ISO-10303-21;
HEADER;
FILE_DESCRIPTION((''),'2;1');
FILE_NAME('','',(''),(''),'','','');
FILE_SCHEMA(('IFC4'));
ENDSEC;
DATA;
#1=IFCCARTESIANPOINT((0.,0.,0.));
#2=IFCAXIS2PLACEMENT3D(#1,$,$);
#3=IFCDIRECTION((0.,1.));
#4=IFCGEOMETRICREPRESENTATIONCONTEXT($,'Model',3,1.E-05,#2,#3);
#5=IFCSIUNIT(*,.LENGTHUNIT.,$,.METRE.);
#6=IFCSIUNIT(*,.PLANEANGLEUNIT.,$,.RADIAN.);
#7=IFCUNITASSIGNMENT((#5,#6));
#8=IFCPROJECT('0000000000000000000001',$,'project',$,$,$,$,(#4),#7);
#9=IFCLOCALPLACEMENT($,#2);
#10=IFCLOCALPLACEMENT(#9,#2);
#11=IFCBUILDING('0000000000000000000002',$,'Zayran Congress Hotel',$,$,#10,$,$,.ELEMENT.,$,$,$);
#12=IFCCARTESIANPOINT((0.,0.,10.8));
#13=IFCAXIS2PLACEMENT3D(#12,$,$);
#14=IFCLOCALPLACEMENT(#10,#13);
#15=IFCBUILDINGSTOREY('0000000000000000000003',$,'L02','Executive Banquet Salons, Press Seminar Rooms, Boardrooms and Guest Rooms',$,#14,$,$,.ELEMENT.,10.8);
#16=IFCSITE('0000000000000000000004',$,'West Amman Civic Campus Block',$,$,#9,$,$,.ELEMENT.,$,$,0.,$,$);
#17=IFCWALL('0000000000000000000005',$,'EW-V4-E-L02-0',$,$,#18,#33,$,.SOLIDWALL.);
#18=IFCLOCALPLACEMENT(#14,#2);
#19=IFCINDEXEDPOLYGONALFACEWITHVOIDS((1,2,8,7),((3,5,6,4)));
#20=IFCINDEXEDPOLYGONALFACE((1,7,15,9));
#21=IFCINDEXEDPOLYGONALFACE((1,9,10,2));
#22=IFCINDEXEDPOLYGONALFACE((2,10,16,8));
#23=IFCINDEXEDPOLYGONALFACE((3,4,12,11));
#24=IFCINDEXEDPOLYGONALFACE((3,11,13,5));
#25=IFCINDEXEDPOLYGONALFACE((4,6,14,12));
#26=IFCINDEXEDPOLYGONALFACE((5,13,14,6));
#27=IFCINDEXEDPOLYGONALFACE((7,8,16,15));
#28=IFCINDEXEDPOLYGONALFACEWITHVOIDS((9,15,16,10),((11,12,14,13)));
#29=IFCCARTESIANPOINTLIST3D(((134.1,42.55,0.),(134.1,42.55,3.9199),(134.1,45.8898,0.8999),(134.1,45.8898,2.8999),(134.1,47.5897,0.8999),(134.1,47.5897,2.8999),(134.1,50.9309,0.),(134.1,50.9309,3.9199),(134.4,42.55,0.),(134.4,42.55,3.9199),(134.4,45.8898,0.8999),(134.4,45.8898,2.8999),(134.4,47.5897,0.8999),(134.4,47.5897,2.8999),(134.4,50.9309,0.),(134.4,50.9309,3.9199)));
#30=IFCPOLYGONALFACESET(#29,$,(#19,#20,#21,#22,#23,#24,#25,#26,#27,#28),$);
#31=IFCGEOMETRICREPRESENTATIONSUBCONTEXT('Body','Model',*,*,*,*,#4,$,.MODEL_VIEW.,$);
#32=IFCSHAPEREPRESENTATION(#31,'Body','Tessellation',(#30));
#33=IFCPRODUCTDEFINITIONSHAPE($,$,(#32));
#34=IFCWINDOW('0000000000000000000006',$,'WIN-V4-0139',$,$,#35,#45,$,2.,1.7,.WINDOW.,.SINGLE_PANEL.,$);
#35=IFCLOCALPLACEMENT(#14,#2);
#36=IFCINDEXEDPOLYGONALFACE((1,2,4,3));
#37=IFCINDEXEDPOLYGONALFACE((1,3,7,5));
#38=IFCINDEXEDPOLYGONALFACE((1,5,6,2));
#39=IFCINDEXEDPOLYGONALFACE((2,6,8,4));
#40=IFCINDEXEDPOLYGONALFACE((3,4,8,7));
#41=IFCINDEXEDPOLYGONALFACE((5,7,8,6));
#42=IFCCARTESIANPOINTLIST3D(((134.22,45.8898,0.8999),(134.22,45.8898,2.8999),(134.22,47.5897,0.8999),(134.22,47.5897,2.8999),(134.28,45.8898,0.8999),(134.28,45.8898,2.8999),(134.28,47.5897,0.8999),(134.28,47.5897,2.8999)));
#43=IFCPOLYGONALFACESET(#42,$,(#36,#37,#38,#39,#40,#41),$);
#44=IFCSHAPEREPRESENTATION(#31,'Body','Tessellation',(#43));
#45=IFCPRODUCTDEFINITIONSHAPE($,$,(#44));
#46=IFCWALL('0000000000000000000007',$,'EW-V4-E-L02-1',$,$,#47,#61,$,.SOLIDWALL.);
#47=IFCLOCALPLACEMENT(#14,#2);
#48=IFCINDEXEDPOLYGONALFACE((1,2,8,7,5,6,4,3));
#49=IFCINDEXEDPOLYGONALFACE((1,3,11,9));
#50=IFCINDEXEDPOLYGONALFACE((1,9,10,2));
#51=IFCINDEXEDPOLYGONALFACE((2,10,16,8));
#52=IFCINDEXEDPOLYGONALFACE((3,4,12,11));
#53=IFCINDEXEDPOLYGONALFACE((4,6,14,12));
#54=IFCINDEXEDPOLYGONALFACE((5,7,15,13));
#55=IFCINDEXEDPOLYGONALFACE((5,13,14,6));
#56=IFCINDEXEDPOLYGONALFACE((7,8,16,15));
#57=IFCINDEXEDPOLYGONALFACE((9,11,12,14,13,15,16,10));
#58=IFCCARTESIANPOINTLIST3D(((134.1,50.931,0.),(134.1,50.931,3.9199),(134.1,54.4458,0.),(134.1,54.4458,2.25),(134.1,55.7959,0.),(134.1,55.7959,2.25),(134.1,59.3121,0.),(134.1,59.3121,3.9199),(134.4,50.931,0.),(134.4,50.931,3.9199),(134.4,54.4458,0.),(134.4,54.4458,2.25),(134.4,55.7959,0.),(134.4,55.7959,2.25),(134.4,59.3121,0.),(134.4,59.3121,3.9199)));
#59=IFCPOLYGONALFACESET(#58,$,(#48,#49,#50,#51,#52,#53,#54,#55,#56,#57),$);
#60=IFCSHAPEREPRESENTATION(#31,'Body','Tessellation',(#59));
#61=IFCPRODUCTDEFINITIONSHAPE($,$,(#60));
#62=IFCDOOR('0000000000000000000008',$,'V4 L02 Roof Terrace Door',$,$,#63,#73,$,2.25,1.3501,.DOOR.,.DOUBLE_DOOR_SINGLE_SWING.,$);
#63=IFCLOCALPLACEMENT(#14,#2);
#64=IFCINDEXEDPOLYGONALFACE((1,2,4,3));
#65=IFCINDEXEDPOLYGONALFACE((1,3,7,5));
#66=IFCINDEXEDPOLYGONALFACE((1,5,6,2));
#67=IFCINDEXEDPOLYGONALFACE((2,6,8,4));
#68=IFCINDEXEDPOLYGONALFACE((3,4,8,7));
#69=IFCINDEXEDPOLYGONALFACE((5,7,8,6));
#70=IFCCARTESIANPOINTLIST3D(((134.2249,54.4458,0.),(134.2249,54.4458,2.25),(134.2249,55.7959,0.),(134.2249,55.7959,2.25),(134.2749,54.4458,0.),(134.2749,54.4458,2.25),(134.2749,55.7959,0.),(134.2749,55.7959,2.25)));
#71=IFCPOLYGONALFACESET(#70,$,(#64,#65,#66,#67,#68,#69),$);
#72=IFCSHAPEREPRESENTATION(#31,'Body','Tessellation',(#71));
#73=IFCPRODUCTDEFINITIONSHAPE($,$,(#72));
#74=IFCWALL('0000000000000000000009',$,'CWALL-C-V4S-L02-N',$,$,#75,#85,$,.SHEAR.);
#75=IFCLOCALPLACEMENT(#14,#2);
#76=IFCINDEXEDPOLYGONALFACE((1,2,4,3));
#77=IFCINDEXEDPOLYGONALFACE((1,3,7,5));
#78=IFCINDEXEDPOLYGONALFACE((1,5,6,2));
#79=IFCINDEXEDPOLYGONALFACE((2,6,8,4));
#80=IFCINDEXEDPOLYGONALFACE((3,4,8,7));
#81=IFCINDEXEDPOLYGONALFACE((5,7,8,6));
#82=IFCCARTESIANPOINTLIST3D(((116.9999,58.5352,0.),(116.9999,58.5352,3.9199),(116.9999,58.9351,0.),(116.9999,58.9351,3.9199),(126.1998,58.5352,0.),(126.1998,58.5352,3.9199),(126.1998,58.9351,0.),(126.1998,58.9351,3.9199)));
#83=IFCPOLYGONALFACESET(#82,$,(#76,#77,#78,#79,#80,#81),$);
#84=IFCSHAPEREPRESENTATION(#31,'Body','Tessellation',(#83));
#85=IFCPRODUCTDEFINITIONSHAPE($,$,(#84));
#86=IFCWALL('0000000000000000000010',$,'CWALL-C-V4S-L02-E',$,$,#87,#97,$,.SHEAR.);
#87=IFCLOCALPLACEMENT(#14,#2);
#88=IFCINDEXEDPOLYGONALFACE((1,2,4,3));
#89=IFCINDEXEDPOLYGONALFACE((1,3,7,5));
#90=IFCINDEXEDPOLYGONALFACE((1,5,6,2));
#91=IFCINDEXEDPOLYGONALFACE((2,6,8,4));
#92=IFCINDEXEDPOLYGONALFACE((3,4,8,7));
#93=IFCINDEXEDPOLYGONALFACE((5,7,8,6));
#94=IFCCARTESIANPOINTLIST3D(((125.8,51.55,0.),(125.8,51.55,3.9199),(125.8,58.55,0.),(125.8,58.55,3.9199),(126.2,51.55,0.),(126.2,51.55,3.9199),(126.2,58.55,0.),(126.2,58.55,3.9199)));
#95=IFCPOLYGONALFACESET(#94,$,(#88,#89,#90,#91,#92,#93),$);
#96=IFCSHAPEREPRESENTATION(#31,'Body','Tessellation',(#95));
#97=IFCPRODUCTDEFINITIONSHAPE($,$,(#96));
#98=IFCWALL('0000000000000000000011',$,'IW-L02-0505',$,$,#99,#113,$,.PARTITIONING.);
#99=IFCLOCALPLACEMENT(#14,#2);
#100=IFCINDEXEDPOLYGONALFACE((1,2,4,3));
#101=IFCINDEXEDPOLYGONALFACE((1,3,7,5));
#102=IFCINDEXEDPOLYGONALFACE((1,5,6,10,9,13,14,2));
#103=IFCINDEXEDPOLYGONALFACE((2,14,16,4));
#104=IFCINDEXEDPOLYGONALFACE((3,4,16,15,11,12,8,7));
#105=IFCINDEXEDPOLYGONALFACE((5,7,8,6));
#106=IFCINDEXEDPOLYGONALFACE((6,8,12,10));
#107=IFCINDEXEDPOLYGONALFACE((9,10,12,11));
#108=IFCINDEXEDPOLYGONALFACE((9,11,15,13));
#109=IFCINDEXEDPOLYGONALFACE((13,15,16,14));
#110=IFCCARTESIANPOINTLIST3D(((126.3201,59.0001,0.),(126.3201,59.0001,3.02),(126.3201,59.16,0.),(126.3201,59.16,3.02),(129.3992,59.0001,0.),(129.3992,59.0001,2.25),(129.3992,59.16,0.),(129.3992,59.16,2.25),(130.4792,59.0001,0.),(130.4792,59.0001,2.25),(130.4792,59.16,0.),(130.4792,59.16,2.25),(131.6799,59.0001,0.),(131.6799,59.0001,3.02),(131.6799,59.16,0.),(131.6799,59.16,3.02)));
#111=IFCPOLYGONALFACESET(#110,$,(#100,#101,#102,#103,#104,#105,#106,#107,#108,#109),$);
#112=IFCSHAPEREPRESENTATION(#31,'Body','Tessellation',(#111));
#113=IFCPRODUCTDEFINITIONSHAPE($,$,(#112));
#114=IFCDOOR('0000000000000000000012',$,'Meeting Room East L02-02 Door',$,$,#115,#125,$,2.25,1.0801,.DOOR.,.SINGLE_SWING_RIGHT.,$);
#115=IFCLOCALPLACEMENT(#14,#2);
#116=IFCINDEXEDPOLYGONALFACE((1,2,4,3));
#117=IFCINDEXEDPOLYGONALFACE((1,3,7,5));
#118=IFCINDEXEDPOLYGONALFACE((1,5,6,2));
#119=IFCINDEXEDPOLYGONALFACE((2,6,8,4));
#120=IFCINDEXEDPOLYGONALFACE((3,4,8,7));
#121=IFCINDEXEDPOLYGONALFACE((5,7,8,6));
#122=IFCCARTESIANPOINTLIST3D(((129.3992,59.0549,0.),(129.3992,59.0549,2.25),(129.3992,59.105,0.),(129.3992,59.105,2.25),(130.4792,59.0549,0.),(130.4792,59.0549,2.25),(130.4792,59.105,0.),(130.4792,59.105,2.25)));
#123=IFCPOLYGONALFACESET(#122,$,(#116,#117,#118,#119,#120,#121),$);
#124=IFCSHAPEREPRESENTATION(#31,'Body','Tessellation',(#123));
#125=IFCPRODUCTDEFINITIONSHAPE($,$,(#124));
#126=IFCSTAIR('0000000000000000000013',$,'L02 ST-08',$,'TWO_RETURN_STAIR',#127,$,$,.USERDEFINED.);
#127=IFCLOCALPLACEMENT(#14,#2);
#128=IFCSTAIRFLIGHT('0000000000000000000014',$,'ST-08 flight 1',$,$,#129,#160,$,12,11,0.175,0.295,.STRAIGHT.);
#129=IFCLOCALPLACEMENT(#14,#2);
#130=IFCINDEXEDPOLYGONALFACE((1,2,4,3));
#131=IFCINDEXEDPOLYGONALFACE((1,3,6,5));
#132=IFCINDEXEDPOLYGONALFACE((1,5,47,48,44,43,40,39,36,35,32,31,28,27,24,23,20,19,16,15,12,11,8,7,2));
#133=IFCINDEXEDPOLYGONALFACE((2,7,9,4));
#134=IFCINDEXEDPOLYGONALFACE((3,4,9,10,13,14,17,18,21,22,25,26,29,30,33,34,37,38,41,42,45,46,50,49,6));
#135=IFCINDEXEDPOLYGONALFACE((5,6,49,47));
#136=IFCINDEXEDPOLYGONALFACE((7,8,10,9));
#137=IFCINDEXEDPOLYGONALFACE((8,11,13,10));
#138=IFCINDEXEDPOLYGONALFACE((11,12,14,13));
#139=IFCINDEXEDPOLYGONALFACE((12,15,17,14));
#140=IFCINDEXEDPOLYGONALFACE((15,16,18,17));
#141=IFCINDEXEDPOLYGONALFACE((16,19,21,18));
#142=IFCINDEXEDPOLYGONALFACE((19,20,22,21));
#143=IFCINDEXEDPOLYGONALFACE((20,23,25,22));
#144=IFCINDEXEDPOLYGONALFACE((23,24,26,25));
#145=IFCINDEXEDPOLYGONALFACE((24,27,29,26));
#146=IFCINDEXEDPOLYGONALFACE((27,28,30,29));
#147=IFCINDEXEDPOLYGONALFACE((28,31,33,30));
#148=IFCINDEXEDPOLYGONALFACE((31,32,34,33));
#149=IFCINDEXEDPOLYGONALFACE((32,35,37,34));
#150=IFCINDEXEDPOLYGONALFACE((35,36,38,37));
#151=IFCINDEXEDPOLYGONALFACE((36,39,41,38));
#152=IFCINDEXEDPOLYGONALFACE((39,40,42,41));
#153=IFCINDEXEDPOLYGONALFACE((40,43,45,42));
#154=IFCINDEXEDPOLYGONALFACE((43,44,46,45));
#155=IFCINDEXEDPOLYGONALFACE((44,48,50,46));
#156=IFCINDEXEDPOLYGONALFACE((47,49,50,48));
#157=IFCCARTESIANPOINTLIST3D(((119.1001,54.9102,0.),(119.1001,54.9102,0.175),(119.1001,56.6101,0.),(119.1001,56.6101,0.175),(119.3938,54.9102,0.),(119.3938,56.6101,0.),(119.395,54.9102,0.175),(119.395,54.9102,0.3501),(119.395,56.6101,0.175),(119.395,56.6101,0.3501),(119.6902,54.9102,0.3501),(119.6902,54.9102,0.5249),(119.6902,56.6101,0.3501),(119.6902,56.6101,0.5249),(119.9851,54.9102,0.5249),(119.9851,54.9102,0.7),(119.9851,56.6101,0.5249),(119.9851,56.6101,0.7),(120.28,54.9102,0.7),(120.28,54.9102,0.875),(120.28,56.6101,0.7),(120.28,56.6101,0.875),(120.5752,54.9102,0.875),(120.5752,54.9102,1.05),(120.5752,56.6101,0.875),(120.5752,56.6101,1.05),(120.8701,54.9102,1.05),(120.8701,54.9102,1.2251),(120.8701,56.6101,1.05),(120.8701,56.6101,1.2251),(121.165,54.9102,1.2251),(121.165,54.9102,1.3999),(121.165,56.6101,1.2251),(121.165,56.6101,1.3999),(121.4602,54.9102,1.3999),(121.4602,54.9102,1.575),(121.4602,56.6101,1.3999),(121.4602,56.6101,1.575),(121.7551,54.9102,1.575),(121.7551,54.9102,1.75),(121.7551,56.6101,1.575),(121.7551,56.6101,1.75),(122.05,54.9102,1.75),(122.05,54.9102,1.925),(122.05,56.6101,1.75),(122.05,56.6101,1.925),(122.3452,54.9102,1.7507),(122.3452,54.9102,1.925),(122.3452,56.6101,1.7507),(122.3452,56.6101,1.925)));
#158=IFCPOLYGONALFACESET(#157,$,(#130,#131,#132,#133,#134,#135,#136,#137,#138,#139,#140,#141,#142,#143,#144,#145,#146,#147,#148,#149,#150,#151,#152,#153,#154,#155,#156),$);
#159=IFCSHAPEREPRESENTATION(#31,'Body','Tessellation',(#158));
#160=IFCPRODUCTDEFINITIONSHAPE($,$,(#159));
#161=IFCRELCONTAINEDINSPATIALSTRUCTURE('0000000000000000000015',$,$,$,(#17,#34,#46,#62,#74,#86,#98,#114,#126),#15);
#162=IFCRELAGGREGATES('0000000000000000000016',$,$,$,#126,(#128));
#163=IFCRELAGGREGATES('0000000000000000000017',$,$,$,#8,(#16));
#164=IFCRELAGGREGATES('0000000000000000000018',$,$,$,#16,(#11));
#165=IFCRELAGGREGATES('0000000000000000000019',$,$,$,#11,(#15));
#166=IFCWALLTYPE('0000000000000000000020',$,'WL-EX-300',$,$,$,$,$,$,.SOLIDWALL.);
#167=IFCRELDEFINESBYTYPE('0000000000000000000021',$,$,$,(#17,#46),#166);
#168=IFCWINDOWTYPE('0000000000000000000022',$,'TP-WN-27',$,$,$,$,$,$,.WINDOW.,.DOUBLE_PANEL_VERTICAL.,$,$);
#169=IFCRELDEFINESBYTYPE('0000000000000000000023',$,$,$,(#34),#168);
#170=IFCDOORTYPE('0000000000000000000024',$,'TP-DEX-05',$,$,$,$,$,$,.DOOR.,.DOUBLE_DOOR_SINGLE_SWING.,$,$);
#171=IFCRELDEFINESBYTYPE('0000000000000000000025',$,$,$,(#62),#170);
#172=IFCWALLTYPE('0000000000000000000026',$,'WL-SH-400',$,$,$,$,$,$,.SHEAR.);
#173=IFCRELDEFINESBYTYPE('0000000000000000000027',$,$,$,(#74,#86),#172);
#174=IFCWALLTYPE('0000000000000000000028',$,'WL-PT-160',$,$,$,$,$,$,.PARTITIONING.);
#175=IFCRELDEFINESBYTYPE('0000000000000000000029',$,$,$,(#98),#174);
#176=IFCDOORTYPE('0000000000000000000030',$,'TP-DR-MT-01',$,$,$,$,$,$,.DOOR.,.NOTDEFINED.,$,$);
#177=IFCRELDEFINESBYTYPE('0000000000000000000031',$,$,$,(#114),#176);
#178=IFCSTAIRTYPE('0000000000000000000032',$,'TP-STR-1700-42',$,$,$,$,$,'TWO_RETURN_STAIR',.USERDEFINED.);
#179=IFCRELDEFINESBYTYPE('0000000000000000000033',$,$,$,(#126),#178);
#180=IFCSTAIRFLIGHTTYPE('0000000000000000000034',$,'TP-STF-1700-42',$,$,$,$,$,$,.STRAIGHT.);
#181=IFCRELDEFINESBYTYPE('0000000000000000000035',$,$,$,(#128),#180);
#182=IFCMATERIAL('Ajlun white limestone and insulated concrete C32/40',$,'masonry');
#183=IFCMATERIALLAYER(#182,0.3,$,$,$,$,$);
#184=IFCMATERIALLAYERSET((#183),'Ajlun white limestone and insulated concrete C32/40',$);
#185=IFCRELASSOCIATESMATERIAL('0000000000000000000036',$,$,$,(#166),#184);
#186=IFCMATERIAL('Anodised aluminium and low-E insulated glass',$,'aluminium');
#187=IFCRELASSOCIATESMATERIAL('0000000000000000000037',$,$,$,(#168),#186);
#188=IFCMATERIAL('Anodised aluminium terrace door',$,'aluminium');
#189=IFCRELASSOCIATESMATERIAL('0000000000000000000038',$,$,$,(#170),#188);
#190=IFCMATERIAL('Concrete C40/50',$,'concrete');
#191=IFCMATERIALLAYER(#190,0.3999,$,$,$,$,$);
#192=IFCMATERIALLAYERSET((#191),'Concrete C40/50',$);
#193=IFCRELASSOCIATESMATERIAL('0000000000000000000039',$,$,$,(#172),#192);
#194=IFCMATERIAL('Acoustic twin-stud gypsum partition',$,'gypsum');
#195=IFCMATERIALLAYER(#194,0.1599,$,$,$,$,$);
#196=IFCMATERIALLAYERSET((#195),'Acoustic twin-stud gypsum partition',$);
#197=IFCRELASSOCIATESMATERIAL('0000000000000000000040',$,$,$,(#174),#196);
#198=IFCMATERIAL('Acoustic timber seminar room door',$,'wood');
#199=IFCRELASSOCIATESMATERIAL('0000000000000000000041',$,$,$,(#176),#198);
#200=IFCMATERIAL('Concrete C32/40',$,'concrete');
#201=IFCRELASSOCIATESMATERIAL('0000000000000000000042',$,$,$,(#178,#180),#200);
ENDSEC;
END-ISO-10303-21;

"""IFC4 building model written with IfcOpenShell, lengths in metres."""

from ifc_helpers import new_model, si_unit, direction, frame, frame_2d, origin, place, context, subcontext, project, spatial, polyline, rectangle, outline, extrude, material, layer, layer_set, type_object, element, fill, aggregate, save


model = new_model("IFC4")

# Units and contexts
model_context = context("Model", 3, precision=1e-05, world=origin(), true_north=direction((0.0, 1.0)))
body_context = subcontext(model_context, "Body", "Model", "MODEL_VIEW")
ifc_project = project(units=[si_unit("LENGTHUNIT", "METRE"), si_unit("PLANEANGLEUNIT", "RADIAN")], contexts=[model_context])

# Site, building, storey
site_placement = place(None, origin())
site = spatial("IfcSite", under=ifc_project, at=site_placement, Name="West Amman Civic Campus Block", CompositionType="ELEMENT", RefElevation=0.0)
building_placement = place(site_placement, origin())
building = spatial("IfcBuilding", under=site, at=building_placement, Name="Zayran Congress Hotel", CompositionType="ELEMENT")
storey_placement = place(building_placement, frame((0.0, 0.0, 10.8)))
storey = spatial("IfcBuildingStorey", under=building, at=storey_placement, Name="L02", Description="Executive Banquet Salons, Press Seminar Rooms, Boardrooms and Guest Rooms", CompositionType="ELEMENT", Elevation=10.8)

# Shared definitions
ifc_material_1 = material(Name="Concrete C40/50", Category="concrete")

# Wall, opening, window
ifc_material_2 = material(Name="Ajlun white limestone and insulated concrete C32/40", Category="masonry")
ifc_layer_1 = layer(ifc_material_2, 0.3)
ifc_layer_set_1 = layer_set([ifc_layer_1], Name="Ajlun white limestone and insulated concrete C32/40")
wall_type_1 = type_object("IfcWallType", Name="WL-EX-300", PredefinedType="SOLIDWALL", material=ifc_layer_set_1)
wall_1_placement = place(storey_placement, frame((134.25, 50.9309, 0.0), z_axis=(0.0, 0.0, 1.0), x_axis=(0.0, -1.0, 0.0)))
wall_1 = element("IfcWall", 1, at=wall_1_placement, inside=storey, type_object=wall_type_1, Name="EW-V4-E-L02-0", PredefinedType="SOLIDWALL", context=body_context, shape_type="SweptSolid", body=[
    extrude(rectangle(XDim=8.3809, YDim=0.3, at=frame_2d((4.1904, 0.0))), origin(), (0.0, 0.0, 1.0), 3.9199),
])
opening_1_placement = place(wall_1_placement, frame((3.3411, 0.0, 0.8999)))
opening_1 = element("IfcOpeningElement", 2, at=opening_1_placement, cuts=wall_1, PredefinedType="OPENING", context=body_context, shape_type="SweptSolid", body=[
    extrude(rectangle(XDim=1.7, YDim=2.0, at=frame_2d((0.8501, 1.0))), frame((0.0, 0.1599, 0.0), z_axis=(0.0, -1.0, 0.0), x_axis=(1.0, 0.0, 0.0)), (0.0, 0.0, 1.0), 0.3201),
])
ifc_material_3 = material(Name="Anodised aluminium and low-E insulated glass", Category="aluminium")
window_type = type_object("IfcWindowType", Name="TP-WN-27", PartitioningType="DOUBLE_PANEL_VERTICAL", PredefinedType="WINDOW", material=ifc_material_3)
window_placement = place(opening_1_placement, origin())
window = element("IfcWindow", 3, at=window_placement, inside=storey, type_object=window_type, Name="WIN-V4-0139", OverallHeight=2.0, OverallWidth=1.7, PartitioningType="SINGLE_PANEL", PredefinedType="WINDOW", context=body_context, shape_type="SweptSolid", body=[
    extrude(rectangle(XDim=1.7, YDim=2.0, at=frame_2d((0.8501, 1.0))), frame((0.0, 0.03, 0.0), z_axis=(0.0, -1.0, 0.0), x_axis=(1.0, 0.0, 0.0)), (0.0, 0.0, 1.0), 0.0601),
])
fill(opening_1, window)

# Wall, opening, door
wall_2_placement = place(storey_placement, frame((134.25, 59.312, 0.0), z_axis=(0.0, 0.0, 1.0), x_axis=(0.0, -1.0, 0.0)))
wall_2 = element("IfcWall", 4, at=wall_2_placement, inside=storey, type_object=wall_type_1, Name="EW-V4-E-L02-1", PredefinedType="SOLIDWALL", context=body_context, shape_type="SweptSolid", body=[
    extrude(rectangle(XDim=8.3811, YDim=0.3, at=frame_2d((4.1904, 0.0))), origin(), (0.0, 0.0, 1.0), 3.9199),
])
opening_2_placement = place(wall_2_placement, frame((3.5161, 0.0, 0.0)))
opening_2 = element("IfcOpeningElement", 5, at=opening_2_placement, cuts=wall_2, PredefinedType="OPENING", context=body_context, shape_type="SweptSolid", body=[
    extrude(rectangle(XDim=1.3501, YDim=2.25, at=frame_2d((0.675, 1.125))), frame((0.0, 0.1599, 0.0), z_axis=(0.0, -1.0, 0.0), x_axis=(1.0, 0.0, 0.0)), (0.0, 0.0, 1.0), 0.3201),
])
ifc_material_4 = material(Name="Anodised aluminium terrace door", Category="aluminium")
door_type_1 = type_object("IfcDoorType", Name="TP-DEX-05", OperationType="DOUBLE_DOOR_SINGLE_SWING", PredefinedType="DOOR", material=ifc_material_4)
door_1_placement = place(opening_2_placement, origin())
door_1 = element("IfcDoor", 6, at=door_1_placement, inside=storey, type_object=door_type_1, Name="V4 L02 Roof Terrace Door", OperationType="DOUBLE_DOOR_SINGLE_SWING", OverallHeight=2.25, OverallWidth=1.3501, PredefinedType="DOOR", context=body_context, shape_type="SweptSolid", body=[
    extrude(rectangle(XDim=1.3501, YDim=2.25, at=frame_2d((0.675, 1.125))), frame((0.0, 0.0249, 0.0), z_axis=(0.0, -1.0, 0.0), x_axis=(1.0, 0.0, 0.0)), (0.0, 0.0, 1.0), 0.05),
])
fill(opening_2, door_1)

# Walls
ifc_layer_2 = layer(ifc_material_1, 0.3999)
ifc_layer_set_2 = layer_set([ifc_layer_2], Name="Concrete C40/50")
wall_type_2 = type_object("IfcWallType", Name="WL-SH-400", PredefinedType="SHEAR", material=ifc_layer_set_2)
wall_3_placement = place(storey_placement, frame((126.2, 58.7351, 0.0), z_axis=(0.0, 0.0, 1.0), x_axis=(-1.0, 0.0, 0.0)))
element("IfcWall", 7, at=wall_3_placement, inside=storey, type_object=wall_type_2, Name="CWALL-C-V4S-L02-N", PredefinedType="SHEAR", context=body_context, shape_type="SweptSolid", body=[
    extrude(rectangle(XDim=9.2, YDim=0.3999, at=frame_2d((4.6001, 0.0))), origin(), (0.0, 0.0, 1.0), 3.9199),
])
wall_4_placement = place(storey_placement, frame((126.0, 51.55, 0.0), z_axis=(0.0, 0.0, 1.0), x_axis=(0.0, 1.0, 0.0)))
element("IfcWall", 8, at=wall_4_placement, inside=storey, type_object=wall_type_2, Name="CWALL-C-V4S-L02-E", PredefinedType="SHEAR", context=body_context, shape_type="SweptSolid", body=[
    extrude(rectangle(XDim=7.0, YDim=0.3999, at=frame_2d((3.5, 0.0))), origin(), (0.0, 0.0, 1.0), 3.9199),
])

# Wall, opening, door
ifc_material_5 = material(Name="Acoustic twin-stud gypsum partition", Category="gypsum")
ifc_layer_3 = layer(ifc_material_5, 0.1599)
ifc_layer_set_3 = layer_set([ifc_layer_3], Name="Acoustic twin-stud gypsum partition")
wall_type_3 = type_object("IfcWallType", Name="WL-PT-160", PredefinedType="PARTITIONING", material=ifc_layer_set_3)
wall_5_placement = place(storey_placement, frame((126.3201, 59.0801, 0.0), z_axis=(0.0, 0.0, 1.0), x_axis=(1.0, 0.0, 0.0)))
wall_5 = element("IfcWall", 9, at=wall_5_placement, inside=storey, type_object=wall_type_3, Name="IW-L02-0505", PredefinedType="PARTITIONING", context=body_context, shape_type="SweptSolid", body=[
    extrude(rectangle(XDim=5.3599, YDim=0.1599, at=frame_2d((2.6799, 0.0))), origin(), (0.0, 0.0, 1.0), 3.02),
])
opening_3_placement = place(wall_5_placement, frame((3.0791, 0.0, 0.0)))
opening_3 = element("IfcOpeningElement", 10, at=opening_3_placement, cuts=wall_5, PredefinedType="OPENING", context=body_context, shape_type="SweptSolid", body=[
    extrude(rectangle(XDim=1.0801, YDim=2.25, at=frame_2d((0.54, 1.125))), frame((0.0, 0.0898, 0.0), z_axis=(0.0, -1.0, 0.0), x_axis=(1.0, 0.0, 0.0)), (0.0, 0.0, 1.0), 0.1799),
])
ifc_material_6 = material(Name="Acoustic timber seminar room door", Category="wood")
door_type_2 = type_object("IfcDoorType", Name="TP-DR-MT-01", OperationType="NOTDEFINED", PredefinedType="DOOR", material=ifc_material_6)
door_2_placement = place(opening_3_placement, origin())
door_2 = element("IfcDoor", 11, at=door_2_placement, inside=storey, type_object=door_type_2, Name="Meeting Room East L02-02 Door", OperationType="SINGLE_SWING_RIGHT", OverallHeight=2.25, OverallWidth=1.0801, PredefinedType="DOOR", context=body_context, shape_type="SweptSolid", body=[
    extrude(rectangle(XDim=1.0801, YDim=2.25, at=frame_2d((0.54, 1.125))), frame((0.0, 0.0249, 0.0), z_axis=(0.0, -1.0, 0.0), x_axis=(1.0, 0.0, 0.0)), (0.0, 0.0, 1.0), 0.05),
])
fill(opening_3, door_2)

# Stair, stair flight
ifc_material_7 = material(Name="Concrete C32/40", Category="concrete")
stair_type = type_object("IfcStairType", Name="TP-STR-1700-42", ElementType="TWO_RETURN_STAIR", PredefinedType="USERDEFINED", material=ifc_material_7)
stair_placement = place(storey_placement, origin())
stair = element("IfcStair", 12, at=stair_placement, inside=storey, type_object=stair_type, Name="L02 ST-08", ObjectType="TWO_RETURN_STAIR", PredefinedType="USERDEFINED")
stair_flight_type = type_object("IfcStairFlightType", Name="TP-STF-1700-42", PredefinedType="STRAIGHT", material=ifc_material_7)
stair_flight_1_placement = place(storey_placement, frame((119.1001, 55.76, 0.0), z_axis=(0.0, 0.0, 1.0), x_axis=(1.0, 0.0, 0.0)))
stair_flight_1 = element("IfcStairFlight", 13, at=stair_flight_1_placement, type_object=stair_flight_type, Name="ST-08 flight 1", NumberOfRisers=12, NumberOfTreads=11, PredefinedType="STRAIGHT", RiserHeight=0.175, TreadLength=0.295, context=body_context, shape_type="SweptSolid", body=[
    extrude(outline(polyline([(0.0, 0.0), (0.0, 0.175), (0.2949, 0.175), (0.2949, 0.3501), (0.5901, 0.3501), (0.5901, 0.5249), (0.885, 0.5249), (0.885, 0.7), (1.1799, 0.7), (1.1799, 0.875), (1.4751, 0.875), (1.4751, 1.05), (1.77, 1.05), (1.77, 1.2251), (2.0649, 1.2251), (2.0649, 1.3999), (2.3601, 1.3999), (2.3601, 1.575), (2.655, 1.575), (2.655, 1.75), (2.95, 1.75), (2.95, 1.925), (3.2451, 1.925), (3.2451, 2.1001), (3.2451, 1.7507), (0.2937, 0.0), (0.0, 0.0)])), frame((0.0, 0.8501, 0.0), z_axis=(0.0, -1.0, 0.0), x_axis=(1.0, 0.0, 0.0)), (0.0, 0.0, 1.0), 1.7),
])
aggregate(stair, [stair_flight_1])

save(model, "model.ifc")
